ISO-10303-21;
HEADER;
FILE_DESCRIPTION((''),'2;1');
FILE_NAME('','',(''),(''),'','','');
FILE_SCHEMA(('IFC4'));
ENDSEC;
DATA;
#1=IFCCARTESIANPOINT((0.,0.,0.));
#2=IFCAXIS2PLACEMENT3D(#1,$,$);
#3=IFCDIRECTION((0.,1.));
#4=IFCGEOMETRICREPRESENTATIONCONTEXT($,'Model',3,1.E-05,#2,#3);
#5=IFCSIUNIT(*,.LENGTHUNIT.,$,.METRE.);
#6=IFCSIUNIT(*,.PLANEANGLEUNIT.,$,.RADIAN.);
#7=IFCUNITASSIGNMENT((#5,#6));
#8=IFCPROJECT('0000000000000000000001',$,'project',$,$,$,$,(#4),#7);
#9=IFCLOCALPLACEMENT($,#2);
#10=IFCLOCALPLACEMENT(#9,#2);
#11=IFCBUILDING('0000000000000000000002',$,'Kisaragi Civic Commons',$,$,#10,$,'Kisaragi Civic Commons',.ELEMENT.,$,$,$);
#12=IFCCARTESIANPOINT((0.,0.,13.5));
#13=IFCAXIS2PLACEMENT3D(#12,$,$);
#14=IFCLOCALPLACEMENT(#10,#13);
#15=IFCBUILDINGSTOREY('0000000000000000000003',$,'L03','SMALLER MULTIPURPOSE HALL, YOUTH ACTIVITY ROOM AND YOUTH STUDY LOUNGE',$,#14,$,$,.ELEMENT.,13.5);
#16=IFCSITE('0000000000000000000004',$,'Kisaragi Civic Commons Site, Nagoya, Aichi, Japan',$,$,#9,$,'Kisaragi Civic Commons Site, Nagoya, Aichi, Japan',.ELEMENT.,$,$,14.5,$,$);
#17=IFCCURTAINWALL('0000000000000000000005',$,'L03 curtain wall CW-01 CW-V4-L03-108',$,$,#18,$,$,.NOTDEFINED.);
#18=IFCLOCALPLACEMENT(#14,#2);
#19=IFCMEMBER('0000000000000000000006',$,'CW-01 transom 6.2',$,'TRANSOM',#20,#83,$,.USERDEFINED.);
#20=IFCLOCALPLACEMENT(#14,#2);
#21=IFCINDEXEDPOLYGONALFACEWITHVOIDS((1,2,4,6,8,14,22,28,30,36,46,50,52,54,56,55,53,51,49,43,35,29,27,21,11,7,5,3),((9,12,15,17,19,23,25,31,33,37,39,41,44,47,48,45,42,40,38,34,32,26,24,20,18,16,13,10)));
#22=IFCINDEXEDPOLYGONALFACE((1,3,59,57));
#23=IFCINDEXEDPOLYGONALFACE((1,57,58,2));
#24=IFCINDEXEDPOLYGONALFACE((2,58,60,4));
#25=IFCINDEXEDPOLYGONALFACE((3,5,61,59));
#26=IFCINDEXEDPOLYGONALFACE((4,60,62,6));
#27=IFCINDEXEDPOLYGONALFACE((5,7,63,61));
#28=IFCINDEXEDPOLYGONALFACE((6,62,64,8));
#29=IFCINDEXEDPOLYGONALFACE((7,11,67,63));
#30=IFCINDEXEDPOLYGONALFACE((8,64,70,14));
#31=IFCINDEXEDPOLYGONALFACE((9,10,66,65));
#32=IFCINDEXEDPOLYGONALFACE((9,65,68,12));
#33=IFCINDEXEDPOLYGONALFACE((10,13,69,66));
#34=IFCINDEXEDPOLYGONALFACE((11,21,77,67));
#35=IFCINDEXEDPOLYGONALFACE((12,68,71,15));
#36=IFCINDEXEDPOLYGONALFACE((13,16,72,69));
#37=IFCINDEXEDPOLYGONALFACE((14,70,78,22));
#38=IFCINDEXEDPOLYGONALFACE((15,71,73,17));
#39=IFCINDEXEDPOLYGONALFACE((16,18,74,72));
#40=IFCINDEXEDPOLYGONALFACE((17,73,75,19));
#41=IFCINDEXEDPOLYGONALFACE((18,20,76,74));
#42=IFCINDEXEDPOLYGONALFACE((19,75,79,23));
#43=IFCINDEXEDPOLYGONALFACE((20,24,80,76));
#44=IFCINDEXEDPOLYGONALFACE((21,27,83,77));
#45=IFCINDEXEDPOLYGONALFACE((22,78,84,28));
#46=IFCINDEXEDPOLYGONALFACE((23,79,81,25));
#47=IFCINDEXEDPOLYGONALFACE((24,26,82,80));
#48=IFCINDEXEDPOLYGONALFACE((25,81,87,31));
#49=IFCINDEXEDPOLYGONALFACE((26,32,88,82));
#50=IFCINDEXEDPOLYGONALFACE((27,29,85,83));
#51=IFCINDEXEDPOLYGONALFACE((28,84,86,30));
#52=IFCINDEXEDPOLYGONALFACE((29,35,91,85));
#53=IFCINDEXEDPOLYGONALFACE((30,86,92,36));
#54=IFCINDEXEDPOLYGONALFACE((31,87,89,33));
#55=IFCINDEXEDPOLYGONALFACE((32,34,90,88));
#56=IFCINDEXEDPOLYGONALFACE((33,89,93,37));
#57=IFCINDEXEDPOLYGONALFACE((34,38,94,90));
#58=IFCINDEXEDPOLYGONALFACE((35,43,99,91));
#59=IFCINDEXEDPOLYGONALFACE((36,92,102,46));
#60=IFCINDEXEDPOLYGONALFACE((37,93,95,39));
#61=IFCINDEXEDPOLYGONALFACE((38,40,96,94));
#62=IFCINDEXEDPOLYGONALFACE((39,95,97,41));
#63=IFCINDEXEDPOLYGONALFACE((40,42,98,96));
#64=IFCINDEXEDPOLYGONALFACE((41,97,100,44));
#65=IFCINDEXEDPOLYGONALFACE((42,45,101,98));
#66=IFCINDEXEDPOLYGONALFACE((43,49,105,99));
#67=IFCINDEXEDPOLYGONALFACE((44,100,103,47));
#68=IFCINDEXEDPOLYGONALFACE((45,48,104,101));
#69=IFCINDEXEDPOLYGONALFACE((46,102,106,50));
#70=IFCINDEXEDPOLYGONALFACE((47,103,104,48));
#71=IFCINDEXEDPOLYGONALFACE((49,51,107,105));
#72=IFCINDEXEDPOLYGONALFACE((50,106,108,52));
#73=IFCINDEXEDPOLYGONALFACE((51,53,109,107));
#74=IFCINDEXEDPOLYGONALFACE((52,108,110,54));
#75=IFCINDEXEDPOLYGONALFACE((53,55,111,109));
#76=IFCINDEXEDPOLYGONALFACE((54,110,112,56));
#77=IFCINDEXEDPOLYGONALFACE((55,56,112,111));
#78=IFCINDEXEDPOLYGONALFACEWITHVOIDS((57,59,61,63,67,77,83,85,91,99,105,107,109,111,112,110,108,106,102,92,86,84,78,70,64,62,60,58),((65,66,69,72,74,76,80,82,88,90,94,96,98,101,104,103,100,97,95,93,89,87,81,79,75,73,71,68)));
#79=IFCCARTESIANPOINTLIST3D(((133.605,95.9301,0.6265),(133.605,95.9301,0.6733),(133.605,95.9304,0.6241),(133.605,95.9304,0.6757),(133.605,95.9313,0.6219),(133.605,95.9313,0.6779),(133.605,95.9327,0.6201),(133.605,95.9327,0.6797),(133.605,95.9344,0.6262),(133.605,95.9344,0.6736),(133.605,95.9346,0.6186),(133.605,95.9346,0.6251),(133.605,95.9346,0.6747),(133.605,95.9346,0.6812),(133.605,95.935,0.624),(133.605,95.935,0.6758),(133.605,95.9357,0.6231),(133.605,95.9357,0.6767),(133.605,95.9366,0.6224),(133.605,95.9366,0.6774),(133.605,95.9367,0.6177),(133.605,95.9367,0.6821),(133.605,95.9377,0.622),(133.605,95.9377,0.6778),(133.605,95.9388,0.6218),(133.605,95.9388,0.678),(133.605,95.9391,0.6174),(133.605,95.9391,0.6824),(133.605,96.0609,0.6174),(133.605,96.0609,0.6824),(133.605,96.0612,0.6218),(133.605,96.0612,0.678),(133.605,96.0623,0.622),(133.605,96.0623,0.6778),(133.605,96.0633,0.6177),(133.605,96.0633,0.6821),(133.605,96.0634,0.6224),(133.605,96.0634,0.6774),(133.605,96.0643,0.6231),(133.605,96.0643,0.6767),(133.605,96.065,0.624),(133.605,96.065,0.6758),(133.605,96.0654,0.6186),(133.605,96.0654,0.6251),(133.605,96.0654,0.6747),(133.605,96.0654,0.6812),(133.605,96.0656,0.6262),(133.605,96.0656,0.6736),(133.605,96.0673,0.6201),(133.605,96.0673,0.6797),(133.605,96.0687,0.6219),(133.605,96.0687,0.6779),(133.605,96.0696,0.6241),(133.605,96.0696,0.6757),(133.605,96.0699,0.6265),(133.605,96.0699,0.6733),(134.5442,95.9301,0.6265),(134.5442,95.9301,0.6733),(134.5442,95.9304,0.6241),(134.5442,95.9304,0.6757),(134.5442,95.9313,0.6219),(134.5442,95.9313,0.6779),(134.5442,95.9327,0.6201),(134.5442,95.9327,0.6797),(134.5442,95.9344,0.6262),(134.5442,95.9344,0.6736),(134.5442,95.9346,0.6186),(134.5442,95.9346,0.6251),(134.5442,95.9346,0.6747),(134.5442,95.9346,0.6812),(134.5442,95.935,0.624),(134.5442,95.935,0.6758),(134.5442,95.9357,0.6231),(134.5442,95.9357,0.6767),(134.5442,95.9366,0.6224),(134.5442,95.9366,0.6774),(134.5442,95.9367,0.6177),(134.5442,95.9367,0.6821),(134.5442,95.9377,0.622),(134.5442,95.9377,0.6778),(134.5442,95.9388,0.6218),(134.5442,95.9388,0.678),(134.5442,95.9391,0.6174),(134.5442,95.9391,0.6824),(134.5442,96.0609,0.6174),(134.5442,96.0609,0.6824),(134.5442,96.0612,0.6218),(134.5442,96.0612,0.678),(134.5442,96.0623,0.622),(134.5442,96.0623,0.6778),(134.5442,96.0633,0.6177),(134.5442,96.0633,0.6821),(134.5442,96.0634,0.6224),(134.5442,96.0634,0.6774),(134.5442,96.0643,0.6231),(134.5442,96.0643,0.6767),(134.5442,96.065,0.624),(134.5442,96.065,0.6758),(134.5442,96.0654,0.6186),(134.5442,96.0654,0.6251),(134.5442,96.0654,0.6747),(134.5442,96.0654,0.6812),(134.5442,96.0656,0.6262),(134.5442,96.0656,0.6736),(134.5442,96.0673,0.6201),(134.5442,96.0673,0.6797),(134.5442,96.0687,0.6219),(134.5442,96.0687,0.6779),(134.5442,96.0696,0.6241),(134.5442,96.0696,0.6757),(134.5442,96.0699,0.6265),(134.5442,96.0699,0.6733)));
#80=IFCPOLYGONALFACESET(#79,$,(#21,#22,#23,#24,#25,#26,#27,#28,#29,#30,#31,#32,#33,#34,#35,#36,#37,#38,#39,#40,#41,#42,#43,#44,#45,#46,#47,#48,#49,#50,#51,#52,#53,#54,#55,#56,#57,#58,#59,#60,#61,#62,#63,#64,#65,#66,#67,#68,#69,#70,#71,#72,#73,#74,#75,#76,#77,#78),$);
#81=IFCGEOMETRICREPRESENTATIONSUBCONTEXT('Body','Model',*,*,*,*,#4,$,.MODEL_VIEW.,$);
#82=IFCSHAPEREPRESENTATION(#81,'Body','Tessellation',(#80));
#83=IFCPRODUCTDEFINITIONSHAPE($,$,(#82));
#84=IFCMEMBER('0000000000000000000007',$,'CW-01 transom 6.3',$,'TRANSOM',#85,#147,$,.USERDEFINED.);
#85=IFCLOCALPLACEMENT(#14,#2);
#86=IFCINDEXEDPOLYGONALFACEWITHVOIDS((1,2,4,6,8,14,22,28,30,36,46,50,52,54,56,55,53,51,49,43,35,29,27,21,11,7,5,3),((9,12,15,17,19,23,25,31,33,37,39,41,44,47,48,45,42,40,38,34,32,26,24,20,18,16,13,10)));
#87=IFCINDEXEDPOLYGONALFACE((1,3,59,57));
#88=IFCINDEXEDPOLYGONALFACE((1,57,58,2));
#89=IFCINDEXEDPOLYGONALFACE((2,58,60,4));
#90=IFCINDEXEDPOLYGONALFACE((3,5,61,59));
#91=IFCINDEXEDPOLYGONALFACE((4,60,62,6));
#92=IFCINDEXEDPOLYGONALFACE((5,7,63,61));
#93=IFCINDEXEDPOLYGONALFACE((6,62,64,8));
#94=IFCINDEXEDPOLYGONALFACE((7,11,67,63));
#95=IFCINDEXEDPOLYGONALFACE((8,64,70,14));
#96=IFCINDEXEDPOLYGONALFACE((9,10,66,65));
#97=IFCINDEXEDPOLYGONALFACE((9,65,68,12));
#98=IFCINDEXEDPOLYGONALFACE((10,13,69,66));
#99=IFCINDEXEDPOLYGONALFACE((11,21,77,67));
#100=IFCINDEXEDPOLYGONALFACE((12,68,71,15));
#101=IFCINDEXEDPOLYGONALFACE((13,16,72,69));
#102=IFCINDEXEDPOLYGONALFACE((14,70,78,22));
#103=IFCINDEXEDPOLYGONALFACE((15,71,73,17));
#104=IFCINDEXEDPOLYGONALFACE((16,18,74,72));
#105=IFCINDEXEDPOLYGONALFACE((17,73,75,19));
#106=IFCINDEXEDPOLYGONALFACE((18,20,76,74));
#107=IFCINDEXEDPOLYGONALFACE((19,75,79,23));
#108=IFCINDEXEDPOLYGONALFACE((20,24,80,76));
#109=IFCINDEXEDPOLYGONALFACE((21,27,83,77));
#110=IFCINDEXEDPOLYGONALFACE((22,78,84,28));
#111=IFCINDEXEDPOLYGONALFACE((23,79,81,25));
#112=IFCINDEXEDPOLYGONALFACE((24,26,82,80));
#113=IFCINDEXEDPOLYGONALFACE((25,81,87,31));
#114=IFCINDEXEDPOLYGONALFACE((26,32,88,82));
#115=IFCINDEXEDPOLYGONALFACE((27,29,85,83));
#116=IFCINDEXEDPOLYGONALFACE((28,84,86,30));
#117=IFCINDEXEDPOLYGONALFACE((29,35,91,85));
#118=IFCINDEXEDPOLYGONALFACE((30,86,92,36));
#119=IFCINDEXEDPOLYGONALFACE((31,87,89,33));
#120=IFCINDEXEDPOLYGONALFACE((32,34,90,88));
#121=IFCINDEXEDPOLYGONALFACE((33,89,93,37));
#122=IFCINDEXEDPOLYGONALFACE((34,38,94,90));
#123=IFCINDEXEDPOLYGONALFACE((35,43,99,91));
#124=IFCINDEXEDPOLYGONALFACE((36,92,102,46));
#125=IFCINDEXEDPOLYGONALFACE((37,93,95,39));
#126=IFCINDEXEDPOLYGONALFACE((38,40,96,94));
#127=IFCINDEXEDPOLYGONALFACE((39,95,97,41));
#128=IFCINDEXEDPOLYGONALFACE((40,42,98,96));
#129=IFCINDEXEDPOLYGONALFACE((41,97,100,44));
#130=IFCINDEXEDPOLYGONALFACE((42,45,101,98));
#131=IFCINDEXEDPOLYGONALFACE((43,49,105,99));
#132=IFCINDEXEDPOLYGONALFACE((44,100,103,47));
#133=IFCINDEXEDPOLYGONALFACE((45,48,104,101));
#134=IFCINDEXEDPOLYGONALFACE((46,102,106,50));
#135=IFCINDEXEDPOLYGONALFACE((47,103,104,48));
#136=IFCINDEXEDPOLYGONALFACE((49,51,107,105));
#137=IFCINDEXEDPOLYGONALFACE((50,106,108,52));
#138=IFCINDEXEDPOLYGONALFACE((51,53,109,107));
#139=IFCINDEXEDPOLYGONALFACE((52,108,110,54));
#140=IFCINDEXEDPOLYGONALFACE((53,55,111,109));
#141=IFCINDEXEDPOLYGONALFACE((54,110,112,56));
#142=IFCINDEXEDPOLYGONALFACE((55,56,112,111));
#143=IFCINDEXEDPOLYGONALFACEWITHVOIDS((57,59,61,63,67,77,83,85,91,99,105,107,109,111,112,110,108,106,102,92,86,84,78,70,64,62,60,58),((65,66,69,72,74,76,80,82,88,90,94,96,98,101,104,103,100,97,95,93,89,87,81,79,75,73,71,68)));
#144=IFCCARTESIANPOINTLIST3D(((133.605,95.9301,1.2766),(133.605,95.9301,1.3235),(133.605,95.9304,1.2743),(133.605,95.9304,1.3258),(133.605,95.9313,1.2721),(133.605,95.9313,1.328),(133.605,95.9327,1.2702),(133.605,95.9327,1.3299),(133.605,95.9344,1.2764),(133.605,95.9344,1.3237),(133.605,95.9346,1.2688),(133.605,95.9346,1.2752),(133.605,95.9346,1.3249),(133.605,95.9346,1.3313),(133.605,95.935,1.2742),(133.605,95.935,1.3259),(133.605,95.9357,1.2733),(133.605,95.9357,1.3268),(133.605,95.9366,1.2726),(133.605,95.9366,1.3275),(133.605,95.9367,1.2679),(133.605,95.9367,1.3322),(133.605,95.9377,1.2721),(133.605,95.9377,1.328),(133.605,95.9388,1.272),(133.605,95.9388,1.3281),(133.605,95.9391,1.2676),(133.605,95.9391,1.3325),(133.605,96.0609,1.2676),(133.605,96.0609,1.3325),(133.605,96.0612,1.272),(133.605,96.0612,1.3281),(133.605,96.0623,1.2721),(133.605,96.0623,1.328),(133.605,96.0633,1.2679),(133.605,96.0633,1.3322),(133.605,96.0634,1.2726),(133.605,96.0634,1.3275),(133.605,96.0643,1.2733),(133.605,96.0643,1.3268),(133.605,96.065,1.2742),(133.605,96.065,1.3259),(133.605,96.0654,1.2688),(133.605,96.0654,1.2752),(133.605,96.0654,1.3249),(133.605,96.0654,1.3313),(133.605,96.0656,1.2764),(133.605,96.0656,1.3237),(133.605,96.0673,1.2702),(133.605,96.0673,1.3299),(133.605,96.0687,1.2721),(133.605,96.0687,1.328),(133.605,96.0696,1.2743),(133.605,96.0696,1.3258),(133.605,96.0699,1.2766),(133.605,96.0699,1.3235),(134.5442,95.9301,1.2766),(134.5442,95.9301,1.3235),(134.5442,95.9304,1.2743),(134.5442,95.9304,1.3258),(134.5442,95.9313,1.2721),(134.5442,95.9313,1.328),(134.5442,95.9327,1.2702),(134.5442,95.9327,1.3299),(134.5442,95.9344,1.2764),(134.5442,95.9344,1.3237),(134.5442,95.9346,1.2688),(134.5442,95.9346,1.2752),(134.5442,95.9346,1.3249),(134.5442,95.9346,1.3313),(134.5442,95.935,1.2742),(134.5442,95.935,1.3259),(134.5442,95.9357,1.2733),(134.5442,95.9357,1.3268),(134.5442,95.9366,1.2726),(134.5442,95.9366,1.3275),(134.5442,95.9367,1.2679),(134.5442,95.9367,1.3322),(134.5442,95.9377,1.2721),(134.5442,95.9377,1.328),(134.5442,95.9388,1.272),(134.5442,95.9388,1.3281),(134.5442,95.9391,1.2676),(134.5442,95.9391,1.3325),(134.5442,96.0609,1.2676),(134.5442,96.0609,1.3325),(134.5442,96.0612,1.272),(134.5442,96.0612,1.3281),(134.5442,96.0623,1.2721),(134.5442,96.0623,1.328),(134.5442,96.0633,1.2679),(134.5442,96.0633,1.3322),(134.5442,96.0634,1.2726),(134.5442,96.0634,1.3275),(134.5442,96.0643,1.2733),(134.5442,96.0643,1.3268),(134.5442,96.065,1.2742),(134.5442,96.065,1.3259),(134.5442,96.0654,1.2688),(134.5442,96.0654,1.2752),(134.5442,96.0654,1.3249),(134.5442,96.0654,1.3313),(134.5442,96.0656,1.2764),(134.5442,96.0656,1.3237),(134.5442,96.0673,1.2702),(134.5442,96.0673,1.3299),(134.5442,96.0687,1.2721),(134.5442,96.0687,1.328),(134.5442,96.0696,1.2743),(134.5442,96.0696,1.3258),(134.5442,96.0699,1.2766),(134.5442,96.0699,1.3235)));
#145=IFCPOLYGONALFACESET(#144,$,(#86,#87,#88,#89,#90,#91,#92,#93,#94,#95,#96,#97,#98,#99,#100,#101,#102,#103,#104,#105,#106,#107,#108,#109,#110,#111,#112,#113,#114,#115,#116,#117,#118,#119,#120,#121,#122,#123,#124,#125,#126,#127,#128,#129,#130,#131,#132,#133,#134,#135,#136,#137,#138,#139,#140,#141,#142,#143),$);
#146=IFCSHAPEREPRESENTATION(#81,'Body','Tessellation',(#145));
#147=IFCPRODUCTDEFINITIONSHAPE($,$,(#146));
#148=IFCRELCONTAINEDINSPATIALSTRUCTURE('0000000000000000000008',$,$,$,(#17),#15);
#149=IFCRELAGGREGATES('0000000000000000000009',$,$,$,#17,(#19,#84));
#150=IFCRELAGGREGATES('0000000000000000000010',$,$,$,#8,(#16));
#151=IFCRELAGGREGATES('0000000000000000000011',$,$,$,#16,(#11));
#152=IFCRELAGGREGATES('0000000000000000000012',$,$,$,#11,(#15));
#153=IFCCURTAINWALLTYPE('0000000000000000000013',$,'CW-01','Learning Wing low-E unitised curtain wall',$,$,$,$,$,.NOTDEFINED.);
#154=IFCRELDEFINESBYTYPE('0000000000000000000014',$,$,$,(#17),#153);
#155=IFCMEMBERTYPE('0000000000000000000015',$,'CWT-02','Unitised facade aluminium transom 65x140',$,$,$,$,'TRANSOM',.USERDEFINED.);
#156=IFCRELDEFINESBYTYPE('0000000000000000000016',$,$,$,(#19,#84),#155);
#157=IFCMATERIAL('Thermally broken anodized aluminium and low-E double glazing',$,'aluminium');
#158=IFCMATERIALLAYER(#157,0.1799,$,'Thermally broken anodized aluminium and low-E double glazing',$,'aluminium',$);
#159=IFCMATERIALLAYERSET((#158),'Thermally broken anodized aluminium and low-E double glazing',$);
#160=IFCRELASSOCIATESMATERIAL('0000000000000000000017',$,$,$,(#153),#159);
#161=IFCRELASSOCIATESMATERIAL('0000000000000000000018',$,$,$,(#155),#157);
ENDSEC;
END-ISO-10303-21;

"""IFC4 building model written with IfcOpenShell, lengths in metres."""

from ifc_helpers import new_model, si_unit, direction, frame, origin, origin_2d, place, context, subcontext, project, spatial, hollow_rectangle, extrude, material, layer, layer_set, material_profile, profile_set, type_object, element, aggregate, save


model = new_model("IFC4")

# Units and contexts
model_context = context("Model", 3, precision=1e-05, world=origin(), true_north=direction((0.0, 1.0)))
body_context = subcontext(model_context, "Body", "Model", "MODEL_VIEW")
ifc_project = project(units=[si_unit("LENGTHUNIT", "METRE"), si_unit("PLANEANGLEUNIT", "RADIAN")], contexts=[model_context])

# Site, building, storey
site_placement = place(None, origin())
site = spatial("IfcSite", under=ifc_project, at=site_placement, Name="Kisaragi Civic Commons Site, Nagoya, Aichi, Japan", LongName="Kisaragi Civic Commons Site, Nagoya, Aichi, Japan", CompositionType="ELEMENT", RefElevation=14.5)
building_placement = place(site_placement, origin())
building = spatial("IfcBuilding", under=site, at=building_placement, Name="Kisaragi Civic Commons", LongName="Kisaragi Civic Commons", CompositionType="ELEMENT")
storey_placement = place(building_placement, frame((0.0, 0.0, 13.5)))
storey = spatial("IfcBuildingStorey", under=building, at=storey_placement, Name="L03", Description="SMALLER MULTIPURPOSE HALL, YOUTH ACTIVITY ROOM AND YOUTH STUDY LOUNGE", CompositionType="ELEMENT", Elevation=13.5)

# Curtain wall, members
ifc_material = material(Name="Thermally broken anodized aluminium and low-E double glazing", Category="aluminium")
ifc_layer_1 = layer(ifc_material, 0.1799, Name="Thermally broken anodized aluminium and low-E double glazing", Category="aluminium")
ifc_layer_set_1 = layer_set([ifc_layer_1], Name="Thermally broken anodized aluminium and low-E double glazing")
curtain_wall_type = type_object("IfcCurtainWallType", Name="CW-01", Description="Learning Wing low-E unitised curtain wall", PredefinedType="NOTDEFINED", material=ifc_layer_set_1)
curtain_wall_placement = place(storey_placement, origin())
curtain_wall = element("IfcCurtainWall", 1, at=curtain_wall_placement, inside=storey, type_object=curtain_wall_type, Name="L03 curtain wall CW-01 CW-V4-L03-108", PredefinedType="NOTDEFINED")
ifc_material_profile_1 = material_profile(ifc_material, hollow_rectangle(XDim=0.1399, YDim=0.0649, WallThickness=0.0044, InnerFilletRadius=0.0044, OuterFilletRadius=0.009, at=origin_2d()), Name="CWT-65x140x4.5", Category="aluminium")
ifc_profile_set_1 = profile_set([ifc_material_profile_1], Name="Thermally broken anodized aluminium and low-E double glazing")
member_type_1 = type_object("IfcMemberType", Name="CWT-02", Description="Unitised facade aluminium transom 65x140", ElementType="TRANSOM", PredefinedType="USERDEFINED", material=ifc_profile_set_1)
member_1_placement = place(storey_placement, frame((134.5442, 96.0, 0.6499), z_axis=(-1.0, 0.0, 0.0), x_axis=(0.0, -1.0, 0.0)))
member_1 = element("IfcMember", 2, at=member_1_placement, type_object=member_type_1, Name="CW-01 transom 6.2", ObjectType="TRANSOM", PredefinedType="USERDEFINED", context=body_context, shape_type="SweptSolid", body=[
    extrude(hollow_rectangle(XDim=0.1399, YDim=0.0649, WallThickness=0.0044, InnerFilletRadius=0.0044, OuterFilletRadius=0.009, at=origin_2d()), origin(), (0.0, 0.0, 1.0), 0.9392),
])
member_2_placement = place(storey_placement, frame((134.5442, 96.0, 1.3), z_axis=(-1.0, 0.0, 0.0), x_axis=(0.0, -1.0, 0.0)))
member_2 = element("IfcMember", 3, at=member_2_placement, type_object=member_type_1, Name="CW-01 transom 6.3", ObjectType="TRANSOM", PredefinedType="USERDEFINED", context=body_context, shape_type="SweptSolid", body=[
    extrude(hollow_rectangle(XDim=0.1399, YDim=0.0649, WallThickness=0.0044, InnerFilletRadius=0.0044, OuterFilletRadius=0.009, at=origin_2d()), origin(), (0.0, 0.0, 1.0), 0.9392),
])
aggregate(curtain_wall, [member_1, member_2])

save(model, "model.ifc")
